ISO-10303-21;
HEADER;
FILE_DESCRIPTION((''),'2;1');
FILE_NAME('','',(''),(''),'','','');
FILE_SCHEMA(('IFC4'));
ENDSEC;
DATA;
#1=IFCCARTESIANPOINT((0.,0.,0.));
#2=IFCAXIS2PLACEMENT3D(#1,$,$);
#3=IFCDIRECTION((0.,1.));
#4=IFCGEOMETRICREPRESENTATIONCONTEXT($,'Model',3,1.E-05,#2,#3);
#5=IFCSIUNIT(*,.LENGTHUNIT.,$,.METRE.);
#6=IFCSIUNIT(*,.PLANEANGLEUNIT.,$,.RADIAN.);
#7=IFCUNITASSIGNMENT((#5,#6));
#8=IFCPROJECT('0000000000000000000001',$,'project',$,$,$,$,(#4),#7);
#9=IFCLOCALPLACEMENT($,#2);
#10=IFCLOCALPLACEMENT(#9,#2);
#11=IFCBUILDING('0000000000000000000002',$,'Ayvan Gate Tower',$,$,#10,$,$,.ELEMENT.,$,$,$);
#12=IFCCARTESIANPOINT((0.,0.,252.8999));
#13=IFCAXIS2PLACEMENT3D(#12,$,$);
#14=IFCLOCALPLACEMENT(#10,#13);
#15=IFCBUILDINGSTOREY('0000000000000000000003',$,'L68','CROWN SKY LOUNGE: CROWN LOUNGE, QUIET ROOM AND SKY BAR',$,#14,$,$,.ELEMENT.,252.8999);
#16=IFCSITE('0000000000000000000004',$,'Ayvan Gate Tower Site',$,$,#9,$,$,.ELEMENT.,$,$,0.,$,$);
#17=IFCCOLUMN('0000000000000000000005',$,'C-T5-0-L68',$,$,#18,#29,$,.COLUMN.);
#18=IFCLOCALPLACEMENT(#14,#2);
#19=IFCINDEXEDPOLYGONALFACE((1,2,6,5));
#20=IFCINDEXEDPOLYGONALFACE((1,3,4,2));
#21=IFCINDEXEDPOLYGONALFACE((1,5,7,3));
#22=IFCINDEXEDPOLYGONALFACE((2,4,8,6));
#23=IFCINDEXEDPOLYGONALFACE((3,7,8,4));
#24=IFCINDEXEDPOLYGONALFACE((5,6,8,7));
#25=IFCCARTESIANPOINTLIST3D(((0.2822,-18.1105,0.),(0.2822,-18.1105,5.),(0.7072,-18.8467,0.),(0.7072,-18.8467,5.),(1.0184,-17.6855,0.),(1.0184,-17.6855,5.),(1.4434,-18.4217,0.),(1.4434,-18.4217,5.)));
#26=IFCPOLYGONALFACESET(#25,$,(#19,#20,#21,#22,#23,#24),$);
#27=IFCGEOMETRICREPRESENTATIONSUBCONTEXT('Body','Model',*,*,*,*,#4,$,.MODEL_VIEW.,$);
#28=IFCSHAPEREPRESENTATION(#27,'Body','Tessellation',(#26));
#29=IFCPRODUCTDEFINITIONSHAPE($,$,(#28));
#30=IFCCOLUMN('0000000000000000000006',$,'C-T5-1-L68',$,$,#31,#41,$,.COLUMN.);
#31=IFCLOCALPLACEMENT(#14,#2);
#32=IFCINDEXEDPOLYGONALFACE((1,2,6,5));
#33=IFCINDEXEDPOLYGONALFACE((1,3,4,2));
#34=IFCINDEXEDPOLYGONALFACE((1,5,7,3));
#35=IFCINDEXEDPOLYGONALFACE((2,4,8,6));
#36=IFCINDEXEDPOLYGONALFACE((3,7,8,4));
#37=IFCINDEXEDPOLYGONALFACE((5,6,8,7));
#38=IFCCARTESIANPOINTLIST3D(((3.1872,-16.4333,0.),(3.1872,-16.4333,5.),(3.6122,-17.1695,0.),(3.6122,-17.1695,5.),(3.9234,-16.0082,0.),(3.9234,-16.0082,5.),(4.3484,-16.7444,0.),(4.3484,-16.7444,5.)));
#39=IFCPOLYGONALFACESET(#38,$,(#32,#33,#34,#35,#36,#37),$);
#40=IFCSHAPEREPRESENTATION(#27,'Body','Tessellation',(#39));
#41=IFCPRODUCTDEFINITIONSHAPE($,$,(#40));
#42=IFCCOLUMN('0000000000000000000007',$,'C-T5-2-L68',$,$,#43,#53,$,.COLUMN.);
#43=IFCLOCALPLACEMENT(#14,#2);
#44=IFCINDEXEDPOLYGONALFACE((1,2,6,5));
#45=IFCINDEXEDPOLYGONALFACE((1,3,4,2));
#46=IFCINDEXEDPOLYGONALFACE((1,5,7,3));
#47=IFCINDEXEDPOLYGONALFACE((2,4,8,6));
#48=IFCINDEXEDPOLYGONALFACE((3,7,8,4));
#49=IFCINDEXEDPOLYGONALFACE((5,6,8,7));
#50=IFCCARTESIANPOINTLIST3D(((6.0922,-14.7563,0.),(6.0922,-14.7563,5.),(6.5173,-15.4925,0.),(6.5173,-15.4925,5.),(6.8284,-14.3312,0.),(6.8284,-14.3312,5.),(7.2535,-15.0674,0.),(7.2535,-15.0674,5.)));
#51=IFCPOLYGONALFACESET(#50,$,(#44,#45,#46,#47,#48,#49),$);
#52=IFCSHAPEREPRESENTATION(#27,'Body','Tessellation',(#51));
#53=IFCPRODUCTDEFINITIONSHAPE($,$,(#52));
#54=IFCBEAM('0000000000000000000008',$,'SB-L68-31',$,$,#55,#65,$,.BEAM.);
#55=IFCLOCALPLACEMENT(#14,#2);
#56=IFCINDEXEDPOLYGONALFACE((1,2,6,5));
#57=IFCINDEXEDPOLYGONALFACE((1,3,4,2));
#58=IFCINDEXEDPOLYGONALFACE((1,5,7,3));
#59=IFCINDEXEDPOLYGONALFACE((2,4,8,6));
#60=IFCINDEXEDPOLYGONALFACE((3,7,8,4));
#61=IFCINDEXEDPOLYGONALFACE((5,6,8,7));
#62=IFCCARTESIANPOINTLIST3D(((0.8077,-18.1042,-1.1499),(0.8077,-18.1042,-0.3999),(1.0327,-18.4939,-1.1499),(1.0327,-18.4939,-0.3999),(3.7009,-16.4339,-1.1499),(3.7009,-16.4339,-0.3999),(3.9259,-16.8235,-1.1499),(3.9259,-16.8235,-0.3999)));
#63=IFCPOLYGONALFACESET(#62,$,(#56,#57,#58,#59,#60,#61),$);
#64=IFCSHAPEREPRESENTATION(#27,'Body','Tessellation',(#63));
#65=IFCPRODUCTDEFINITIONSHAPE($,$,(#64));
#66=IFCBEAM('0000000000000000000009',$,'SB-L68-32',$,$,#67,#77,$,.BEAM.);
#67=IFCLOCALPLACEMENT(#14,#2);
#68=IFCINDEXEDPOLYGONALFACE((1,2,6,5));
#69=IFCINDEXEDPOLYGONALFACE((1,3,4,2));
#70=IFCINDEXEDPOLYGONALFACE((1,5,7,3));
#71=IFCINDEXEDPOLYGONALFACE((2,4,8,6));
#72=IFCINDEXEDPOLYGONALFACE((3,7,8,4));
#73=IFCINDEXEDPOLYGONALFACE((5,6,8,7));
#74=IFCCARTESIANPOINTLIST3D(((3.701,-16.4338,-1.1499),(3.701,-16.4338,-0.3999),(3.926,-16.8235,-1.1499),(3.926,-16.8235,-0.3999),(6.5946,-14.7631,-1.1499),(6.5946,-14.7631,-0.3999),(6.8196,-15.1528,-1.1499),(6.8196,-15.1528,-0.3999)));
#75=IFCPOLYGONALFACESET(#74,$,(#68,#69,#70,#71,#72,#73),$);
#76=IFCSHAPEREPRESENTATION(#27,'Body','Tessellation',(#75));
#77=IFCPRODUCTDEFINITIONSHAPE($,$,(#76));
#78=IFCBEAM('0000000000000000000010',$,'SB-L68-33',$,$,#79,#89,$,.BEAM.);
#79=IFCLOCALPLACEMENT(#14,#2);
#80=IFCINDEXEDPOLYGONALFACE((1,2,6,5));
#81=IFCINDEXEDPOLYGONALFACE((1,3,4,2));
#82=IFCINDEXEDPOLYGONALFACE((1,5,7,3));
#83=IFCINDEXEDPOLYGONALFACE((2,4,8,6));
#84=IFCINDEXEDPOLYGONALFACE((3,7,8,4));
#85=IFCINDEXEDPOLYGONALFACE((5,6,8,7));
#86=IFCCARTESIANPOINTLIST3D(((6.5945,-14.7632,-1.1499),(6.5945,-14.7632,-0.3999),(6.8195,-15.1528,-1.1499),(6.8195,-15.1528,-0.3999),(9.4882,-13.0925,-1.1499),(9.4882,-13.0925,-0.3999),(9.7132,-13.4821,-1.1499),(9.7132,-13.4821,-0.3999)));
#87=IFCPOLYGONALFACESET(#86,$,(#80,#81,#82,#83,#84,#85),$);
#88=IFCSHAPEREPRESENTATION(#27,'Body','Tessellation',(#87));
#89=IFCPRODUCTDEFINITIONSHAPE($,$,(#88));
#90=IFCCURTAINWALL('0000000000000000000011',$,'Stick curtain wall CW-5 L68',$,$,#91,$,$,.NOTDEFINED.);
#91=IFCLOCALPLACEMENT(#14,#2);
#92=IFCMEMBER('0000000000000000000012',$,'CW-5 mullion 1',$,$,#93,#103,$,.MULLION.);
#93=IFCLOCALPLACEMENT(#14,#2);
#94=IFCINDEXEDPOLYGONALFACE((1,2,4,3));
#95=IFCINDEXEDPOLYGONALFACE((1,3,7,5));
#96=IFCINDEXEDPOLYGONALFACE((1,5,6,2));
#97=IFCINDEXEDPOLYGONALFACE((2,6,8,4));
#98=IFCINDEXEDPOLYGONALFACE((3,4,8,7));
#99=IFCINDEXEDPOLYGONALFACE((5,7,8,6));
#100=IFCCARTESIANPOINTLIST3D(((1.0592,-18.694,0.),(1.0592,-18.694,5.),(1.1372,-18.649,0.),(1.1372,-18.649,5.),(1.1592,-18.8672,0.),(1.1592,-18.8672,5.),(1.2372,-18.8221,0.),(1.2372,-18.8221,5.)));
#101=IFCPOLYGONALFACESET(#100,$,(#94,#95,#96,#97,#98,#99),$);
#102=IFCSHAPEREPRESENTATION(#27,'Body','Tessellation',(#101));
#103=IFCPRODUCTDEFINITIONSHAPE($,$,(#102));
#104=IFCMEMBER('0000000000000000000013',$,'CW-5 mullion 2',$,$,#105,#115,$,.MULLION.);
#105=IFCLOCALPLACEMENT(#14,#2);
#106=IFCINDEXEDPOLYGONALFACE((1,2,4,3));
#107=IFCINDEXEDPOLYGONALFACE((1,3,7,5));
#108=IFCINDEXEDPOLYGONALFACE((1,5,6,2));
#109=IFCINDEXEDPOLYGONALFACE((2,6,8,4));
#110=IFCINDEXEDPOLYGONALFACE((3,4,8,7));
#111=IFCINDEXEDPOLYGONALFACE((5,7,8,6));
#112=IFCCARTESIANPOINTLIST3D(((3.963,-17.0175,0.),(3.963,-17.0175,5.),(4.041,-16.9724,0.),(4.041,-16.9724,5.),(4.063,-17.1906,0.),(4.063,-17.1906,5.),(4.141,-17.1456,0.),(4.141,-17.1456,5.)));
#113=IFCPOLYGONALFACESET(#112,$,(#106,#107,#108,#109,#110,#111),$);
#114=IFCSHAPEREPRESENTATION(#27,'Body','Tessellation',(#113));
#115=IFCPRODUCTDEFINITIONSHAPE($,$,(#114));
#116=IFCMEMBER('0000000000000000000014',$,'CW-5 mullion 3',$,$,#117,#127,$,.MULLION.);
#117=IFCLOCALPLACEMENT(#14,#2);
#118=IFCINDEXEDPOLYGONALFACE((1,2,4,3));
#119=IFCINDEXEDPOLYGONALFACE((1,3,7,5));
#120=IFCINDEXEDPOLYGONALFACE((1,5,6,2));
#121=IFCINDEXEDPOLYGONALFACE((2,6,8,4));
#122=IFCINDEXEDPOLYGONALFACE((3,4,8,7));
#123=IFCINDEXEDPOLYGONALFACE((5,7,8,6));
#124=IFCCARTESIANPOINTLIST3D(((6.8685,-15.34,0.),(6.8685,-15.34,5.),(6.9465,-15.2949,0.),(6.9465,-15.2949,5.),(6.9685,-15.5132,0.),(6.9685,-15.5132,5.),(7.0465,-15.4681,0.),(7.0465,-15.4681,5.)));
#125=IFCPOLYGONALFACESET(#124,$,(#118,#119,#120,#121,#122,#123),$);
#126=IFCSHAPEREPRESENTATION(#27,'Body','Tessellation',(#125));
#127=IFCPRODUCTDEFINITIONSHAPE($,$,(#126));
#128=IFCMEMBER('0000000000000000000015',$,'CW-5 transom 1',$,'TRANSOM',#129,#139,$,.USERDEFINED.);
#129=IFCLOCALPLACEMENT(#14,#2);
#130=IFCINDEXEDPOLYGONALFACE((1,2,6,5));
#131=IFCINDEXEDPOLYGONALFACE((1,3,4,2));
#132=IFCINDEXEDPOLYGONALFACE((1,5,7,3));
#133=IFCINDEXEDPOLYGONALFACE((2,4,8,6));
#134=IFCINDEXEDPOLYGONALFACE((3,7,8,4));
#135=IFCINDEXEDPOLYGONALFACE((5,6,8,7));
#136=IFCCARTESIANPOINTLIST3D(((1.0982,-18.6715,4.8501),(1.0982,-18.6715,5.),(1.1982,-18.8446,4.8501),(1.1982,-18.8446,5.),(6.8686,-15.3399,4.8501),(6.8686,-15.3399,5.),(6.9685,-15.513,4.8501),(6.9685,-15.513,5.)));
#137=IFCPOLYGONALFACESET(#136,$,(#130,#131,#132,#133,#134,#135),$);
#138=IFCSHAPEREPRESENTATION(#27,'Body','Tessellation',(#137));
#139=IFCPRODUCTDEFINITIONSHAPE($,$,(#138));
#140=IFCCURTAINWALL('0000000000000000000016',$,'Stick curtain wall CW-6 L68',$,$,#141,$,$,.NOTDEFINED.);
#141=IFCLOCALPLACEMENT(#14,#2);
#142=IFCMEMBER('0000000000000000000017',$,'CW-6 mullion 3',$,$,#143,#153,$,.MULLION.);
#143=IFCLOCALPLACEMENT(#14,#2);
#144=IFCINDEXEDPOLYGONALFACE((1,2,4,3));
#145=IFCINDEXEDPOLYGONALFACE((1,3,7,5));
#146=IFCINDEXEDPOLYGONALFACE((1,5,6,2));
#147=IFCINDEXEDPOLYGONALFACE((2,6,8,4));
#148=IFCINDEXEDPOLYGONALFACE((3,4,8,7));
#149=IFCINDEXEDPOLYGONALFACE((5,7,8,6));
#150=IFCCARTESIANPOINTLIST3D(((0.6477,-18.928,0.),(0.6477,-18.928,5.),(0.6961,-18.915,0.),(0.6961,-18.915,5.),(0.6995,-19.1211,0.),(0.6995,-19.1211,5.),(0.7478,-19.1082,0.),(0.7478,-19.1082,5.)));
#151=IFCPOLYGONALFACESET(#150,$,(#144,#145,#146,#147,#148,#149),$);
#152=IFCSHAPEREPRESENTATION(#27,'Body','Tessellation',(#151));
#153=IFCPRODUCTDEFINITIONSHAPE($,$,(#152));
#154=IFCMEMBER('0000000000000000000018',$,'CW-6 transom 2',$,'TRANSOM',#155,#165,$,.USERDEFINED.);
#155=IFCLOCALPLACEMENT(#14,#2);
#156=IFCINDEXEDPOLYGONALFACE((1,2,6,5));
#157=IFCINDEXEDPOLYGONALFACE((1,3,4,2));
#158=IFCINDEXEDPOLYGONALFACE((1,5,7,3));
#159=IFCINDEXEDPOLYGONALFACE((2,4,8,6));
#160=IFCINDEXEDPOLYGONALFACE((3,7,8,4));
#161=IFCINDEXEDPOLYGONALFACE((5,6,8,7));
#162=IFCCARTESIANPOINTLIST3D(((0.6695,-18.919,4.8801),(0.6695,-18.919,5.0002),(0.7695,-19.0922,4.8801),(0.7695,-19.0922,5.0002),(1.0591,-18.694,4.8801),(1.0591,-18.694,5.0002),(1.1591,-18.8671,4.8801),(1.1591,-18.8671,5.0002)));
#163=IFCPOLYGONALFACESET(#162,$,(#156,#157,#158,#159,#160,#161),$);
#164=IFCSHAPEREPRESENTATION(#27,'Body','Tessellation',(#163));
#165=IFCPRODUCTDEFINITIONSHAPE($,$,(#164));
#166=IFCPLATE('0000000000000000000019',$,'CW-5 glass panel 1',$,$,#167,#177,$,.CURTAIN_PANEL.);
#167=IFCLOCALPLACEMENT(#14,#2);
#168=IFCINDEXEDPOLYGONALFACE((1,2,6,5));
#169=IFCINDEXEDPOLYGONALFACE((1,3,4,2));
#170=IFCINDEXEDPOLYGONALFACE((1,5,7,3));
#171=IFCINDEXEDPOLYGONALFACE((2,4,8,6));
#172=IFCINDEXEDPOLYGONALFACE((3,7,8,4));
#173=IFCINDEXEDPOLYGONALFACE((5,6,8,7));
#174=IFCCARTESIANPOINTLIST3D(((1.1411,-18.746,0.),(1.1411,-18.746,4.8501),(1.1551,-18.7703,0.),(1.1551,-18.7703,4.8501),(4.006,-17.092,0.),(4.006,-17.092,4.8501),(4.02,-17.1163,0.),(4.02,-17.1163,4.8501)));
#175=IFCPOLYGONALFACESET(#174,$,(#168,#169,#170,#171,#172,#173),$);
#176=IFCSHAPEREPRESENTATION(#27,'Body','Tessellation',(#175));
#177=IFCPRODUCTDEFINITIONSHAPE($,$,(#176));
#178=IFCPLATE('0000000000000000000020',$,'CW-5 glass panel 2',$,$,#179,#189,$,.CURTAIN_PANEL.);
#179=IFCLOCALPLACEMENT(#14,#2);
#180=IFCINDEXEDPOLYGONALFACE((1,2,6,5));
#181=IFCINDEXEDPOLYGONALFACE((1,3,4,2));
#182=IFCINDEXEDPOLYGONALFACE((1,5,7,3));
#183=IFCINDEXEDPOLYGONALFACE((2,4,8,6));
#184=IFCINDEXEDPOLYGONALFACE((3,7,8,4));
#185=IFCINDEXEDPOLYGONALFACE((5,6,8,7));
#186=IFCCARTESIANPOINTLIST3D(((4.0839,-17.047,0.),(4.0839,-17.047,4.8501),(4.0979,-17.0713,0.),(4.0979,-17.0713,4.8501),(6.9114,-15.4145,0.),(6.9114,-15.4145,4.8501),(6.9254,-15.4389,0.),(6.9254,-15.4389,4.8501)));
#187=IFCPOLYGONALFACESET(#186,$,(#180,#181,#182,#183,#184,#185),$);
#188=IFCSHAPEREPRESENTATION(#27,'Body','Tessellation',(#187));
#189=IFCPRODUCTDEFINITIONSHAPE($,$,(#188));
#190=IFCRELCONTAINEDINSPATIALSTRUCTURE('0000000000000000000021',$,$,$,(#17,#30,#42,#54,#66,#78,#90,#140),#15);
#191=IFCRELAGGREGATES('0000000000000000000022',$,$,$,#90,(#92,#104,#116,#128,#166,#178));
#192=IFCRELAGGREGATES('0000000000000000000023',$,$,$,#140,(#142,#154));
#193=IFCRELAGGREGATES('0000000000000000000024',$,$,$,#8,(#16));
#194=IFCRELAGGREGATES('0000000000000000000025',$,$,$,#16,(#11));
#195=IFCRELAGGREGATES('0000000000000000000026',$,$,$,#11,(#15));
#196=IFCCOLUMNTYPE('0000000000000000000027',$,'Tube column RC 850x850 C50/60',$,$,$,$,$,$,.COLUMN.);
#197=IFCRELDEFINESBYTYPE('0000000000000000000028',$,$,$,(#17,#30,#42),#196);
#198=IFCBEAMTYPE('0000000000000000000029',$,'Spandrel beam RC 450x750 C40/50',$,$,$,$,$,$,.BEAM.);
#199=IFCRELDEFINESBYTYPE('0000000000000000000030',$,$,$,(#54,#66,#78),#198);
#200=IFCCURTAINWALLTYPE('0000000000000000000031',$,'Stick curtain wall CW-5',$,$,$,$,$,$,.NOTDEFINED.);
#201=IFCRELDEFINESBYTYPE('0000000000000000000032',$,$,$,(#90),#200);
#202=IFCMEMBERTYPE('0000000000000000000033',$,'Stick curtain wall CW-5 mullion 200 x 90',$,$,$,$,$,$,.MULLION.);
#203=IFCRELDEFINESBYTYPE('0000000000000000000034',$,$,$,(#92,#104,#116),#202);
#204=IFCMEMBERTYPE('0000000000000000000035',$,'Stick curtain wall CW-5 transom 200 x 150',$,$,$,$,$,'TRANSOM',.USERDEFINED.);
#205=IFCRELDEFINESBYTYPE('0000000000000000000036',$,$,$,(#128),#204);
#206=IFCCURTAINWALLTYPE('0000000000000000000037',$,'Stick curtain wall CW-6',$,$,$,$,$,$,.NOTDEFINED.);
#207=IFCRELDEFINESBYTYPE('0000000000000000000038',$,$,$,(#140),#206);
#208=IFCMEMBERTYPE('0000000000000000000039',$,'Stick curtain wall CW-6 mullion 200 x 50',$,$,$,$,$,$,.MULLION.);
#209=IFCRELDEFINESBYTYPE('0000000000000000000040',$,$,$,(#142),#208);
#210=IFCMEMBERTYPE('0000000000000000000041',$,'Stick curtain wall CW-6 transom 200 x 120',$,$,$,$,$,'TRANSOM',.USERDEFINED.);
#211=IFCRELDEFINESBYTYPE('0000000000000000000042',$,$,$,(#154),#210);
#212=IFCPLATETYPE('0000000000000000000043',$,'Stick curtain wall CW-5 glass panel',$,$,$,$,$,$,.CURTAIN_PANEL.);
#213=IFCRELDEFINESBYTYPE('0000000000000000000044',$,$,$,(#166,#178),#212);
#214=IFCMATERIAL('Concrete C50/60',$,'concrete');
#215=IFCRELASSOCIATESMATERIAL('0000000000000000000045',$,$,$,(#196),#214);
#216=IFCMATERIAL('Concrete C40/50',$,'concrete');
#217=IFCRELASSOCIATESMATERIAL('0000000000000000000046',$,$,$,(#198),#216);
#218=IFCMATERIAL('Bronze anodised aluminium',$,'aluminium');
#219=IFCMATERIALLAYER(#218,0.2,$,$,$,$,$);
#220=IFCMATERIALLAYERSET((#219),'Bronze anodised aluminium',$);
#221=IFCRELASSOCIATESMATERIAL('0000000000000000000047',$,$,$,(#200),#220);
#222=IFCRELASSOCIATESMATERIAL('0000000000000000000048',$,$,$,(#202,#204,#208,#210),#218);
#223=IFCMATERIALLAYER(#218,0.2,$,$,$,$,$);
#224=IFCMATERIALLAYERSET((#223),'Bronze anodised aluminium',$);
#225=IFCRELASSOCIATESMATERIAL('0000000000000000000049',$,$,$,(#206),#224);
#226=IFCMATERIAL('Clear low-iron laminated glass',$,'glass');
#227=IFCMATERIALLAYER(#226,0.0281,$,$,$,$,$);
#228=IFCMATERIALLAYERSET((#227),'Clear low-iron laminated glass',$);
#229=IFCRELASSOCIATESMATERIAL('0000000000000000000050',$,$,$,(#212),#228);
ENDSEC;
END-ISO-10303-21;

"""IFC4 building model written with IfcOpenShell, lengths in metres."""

from ifc_helpers import new_model, si_unit, direction, frame, origin, origin_2d, place, context, subcontext, project, spatial, rectangle, extrude, material, layer, layer_set, material_profile, profile_set, type_object, element, aggregate, save


model = new_model("IFC4")

# Units and contexts
model_context = context("Model", 3, precision=1e-05, world=origin(), true_north=direction((0.0, 1.0)))
body_context = subcontext(model_context, "Body", "Model", "MODEL_VIEW")
ifc_project = project(units=[si_unit("LENGTHUNIT", "METRE"), si_unit("PLANEANGLEUNIT", "RADIAN")], contexts=[model_context])

# Site, building, storey
site_placement = place(None, origin())
site = spatial("IfcSite", under=ifc_project, at=site_placement, Name="Ayvan Gate Tower Site", CompositionType="ELEMENT", RefElevation=0.0)
building_placement = place(site_placement, origin())
building = spatial("IfcBuilding", under=site, at=building_placement, Name="Ayvan Gate Tower", CompositionType="ELEMENT")
storey_placement = place(building_placement, frame((0.0, 0.0, 252.8999)))
storey = spatial("IfcBuildingStorey", under=building, at=storey_placement, Name="L68", Description="CROWN SKY LOUNGE: CROWN LOUNGE, QUIET ROOM AND SKY BAR", CompositionType="ELEMENT", Elevation=252.8999)

# Columns
ifc_material_1 = material(Name="Concrete C50/60", Category="concrete")
ifc_material_profile_1 = material_profile(ifc_material_1, rectangle(XDim=0.8501, YDim=0.8501, at=origin_2d()), Name="RC 850x850")
ifc_profile_set_1 = profile_set([ifc_material_profile_1], Name="Concrete C50/60")
column_type = type_object("IfcColumnType", Name="Tube column RC 850x850 C50/60", PredefinedType="COLUMN", material=ifc_profile_set_1)
for number, where, z_axis, x_axis, name in (
    (1, (0.8628, -18.2661, 0.0), (0.0, 0.0, 1.0), (0.5, -0.866025, 0.0), "C-T5-0-L68"),
    (2, (3.7678, -16.5889, 0.0), (0.0, 0.0, 1.0), (0.5, -0.866025, 0.0), "C-T5-1-L68"),
    (3, (6.6729, -14.9119, 0.0), (0.0, 0.0, 1.0), (0.5, -0.866025, 0.0), "C-T5-2-L68"),
):
    element("IfcColumn", number, at=place(storey_placement, frame(where, z_axis=z_axis, x_axis=x_axis)), inside=storey, type_object=column_type, Name=name, PredefinedType="COLUMN", context=body_context, shape_type="SweptSolid", body=[
        extrude(rectangle(XDim=0.8501, YDim=0.8501, at=origin_2d()), origin(), (0.0, 0.0, 1.0), 5.0),
    ])

# Beams
ifc_material_2 = material(Name="Concrete C40/50", Category="concrete")
ifc_material_profile_2 = material_profile(ifc_material_2, rectangle(XDim=0.45, YDim=0.75, at=origin_2d()), Name="RC 450x750")
ifc_profile_set_2 = profile_set([ifc_material_profile_2], Name="Concrete C40/50")
beam_type = type_object("IfcBeamType", Name="Spandrel beam RC 450x750 C40/50", PredefinedType="BEAM", material=ifc_profile_set_2)
beam_placement = place(storey_placement, frame((0.9202, -18.2991, -0.7749), z_axis=(0.866031, 0.49999, 0.0), x_axis=(-0.49999, 0.866031, 0.0)))
element("IfcBeam", 4, at=beam_placement, inside=storey, type_object=beam_type, Name="SB-L68-31", PredefinedType="BEAM", context=body_context, shape_type="SweptSolid", body=[
    extrude(rectangle(XDim=0.45, YDim=0.75, at=origin_2d()), origin(), (0.0, 0.0, 1.0), 3.3408),
])
for number, where, z_axis, x_axis, name in (
    (5, (3.8135, -16.6287, -0.7749), (0.866018, 0.500013, 0.0), (-0.500013, 0.866018, 0.0), "SB-L68-32"),
    (6, (6.707, -14.958, -0.7749), (0.866018, 0.500013, 0.0), (-0.500013, 0.866018, 0.0), "SB-L68-33"),
):
    element("IfcBeam", number, at=place(storey_placement, frame(where, z_axis=z_axis, x_axis=x_axis)), inside=storey, type_object=beam_type, Name=name, PredefinedType="BEAM", context=body_context, shape_type="SweptSolid", body=[
        extrude(rectangle(XDim=0.45, YDim=0.75, at=origin_2d()), origin(), (0.0, 0.0, 1.0), 3.3413),
    ])

# Curtain walls, members
ifc_material_3 = material(Name="Bronze anodised aluminium", Category="aluminium")
ifc_layer_1 = layer(ifc_material_3, 0.2)
ifc_layer_set_1 = layer_set([ifc_layer_1], Name="Bronze anodised aluminium")
curtain_wall_type_1 = type_object("IfcCurtainWallType", Name="Stick curtain wall CW-5", PredefinedType="NOTDEFINED", material=ifc_layer_set_1)
curtain_wall_1_placement = place(storey_placement, origin())
curtain_wall_1 = element("IfcCurtainWall", 7, at=curtain_wall_1_placement, inside=storey, type_object=curtain_wall_type_1, Name="Stick curtain wall CW-5 L68", PredefinedType="NOTDEFINED")
ifc_material_profile_3 = material_profile(ifc_material_3, rectangle(XDim=0.2, YDim=0.0901, at=origin_2d()), Name="Stick curtain wall CW-5 mullion 200 x 90")
ifc_profile_set_3 = profile_set([ifc_material_profile_3], Name="Bronze anodised aluminium")
member_type_1 = type_object("IfcMemberType", Name="Stick curtain wall CW-5 mullion 200 x 90", PredefinedType="MULLION", material=ifc_profile_set_3)
member_1_placement = place(storey_placement, frame((1.1482, -18.7581, 0.0), z_axis=(0.0, 0.0, 1.0), x_axis=(0.5, -0.866025, 0.0)))
member_1 = element("IfcMember", 8, at=member_1_placement, type_object=member_type_1, Name="CW-5 mullion 1", PredefinedType="MULLION", context=body_context, shape_type="SweptSolid", body=[
    extrude(rectangle(XDim=0.2, YDim=0.0901, at=origin_2d()), origin(), (0.0, 0.0, 1.0), 5.0),
])
member_2_placement = place(storey_placement, frame((4.052, -17.0815, 0.0), z_axis=(0.0, 0.0, 1.0), x_axis=(0.5, -0.866025, 0.0)))
member_2 = element("IfcMember", 9, at=member_2_placement, type_object=member_type_1, Name="CW-5 mullion 2", PredefinedType="MULLION", context=body_context, shape_type="SweptSolid", body=[
    extrude(rectangle(XDim=0.2, YDim=0.0901, at=origin_2d()), origin(), (0.0, 0.0, 1.0), 5.0),
])
member_3_placement = place(storey_placement, frame((6.9575, -15.4041, 0.0), z_axis=(0.0, 0.0, 1.0), x_axis=(0.5, -0.866025, 0.0)))
member_3 = element("IfcMember", 10, at=member_3_placement, type_object=member_type_1, Name="CW-5 mullion 3", PredefinedType="MULLION", context=body_context, shape_type="SweptSolid", body=[
    extrude(rectangle(XDim=0.2, YDim=0.0901, at=origin_2d()), origin(), (0.0, 0.0, 1.0), 5.0),
])
ifc_material_profile_4 = material_profile(ifc_material_3, rectangle(XDim=0.2, YDim=0.1499, at=origin_2d()), Name="Stick curtain wall CW-5 transom 200 x 150")
ifc_profile_set_4 = profile_set([ifc_material_profile_4], Name="Bronze anodised aluminium")
member_type_2 = type_object("IfcMemberType", Name="Stick curtain wall CW-5 transom 200 x 150", ElementType="TRANSOM", PredefinedType="USERDEFINED", material=ifc_profile_set_4)
member_4_placement = place(storey_placement, frame((1.1482, -18.7581, 4.925), z_axis=(0.86602, 0.500009, 0.0), x_axis=(-0.500009, 0.86602, 0.0)))
member_4 = element("IfcMember", 11, at=member_4_placement, type_object=member_type_2, Name="CW-5 transom 1", ObjectType="TRANSOM", PredefinedType="USERDEFINED", context=body_context, shape_type="SweptSolid", body=[
    extrude(rectangle(XDim=0.2, YDim=0.1499, at=origin_2d()), origin(), (0.0, 0.0, 1.0), 6.6631),
])
ifc_layer_2 = layer(ifc_material_3, 0.2)
ifc_layer_set_2 = layer_set([ifc_layer_2], Name="Bronze anodised aluminium")
curtain_wall_type_2 = type_object("IfcCurtainWallType", Name="Stick curtain wall CW-6", PredefinedType="NOTDEFINED", material=ifc_layer_set_2)
curtain_wall_2_placement = place(storey_placement, origin())
curtain_wall_2 = element("IfcCurtainWall", 12, at=curtain_wall_2_placement, inside=storey, type_object=curtain_wall_type_2, Name="Stick curtain wall CW-6 L68", PredefinedType="NOTDEFINED")
ifc_material_profile_5 = material_profile(ifc_material_3, rectangle(XDim=0.2, YDim=0.05, at=origin_2d()), Name="Stick curtain wall CW-6 mullion 200 x 50")
ifc_profile_set_5 = profile_set([ifc_material_profile_5], Name="Bronze anodised aluminium")
member_type_3 = type_object("IfcMemberType", Name="Stick curtain wall CW-6 mullion 200 x 50", PredefinedType="MULLION", material=ifc_profile_set_5)
member_5_placement = place(storey_placement, frame((0.6978, -19.0181, 0.0), z_axis=(0.0, 0.0, 1.0), x_axis=(0.258819, -0.965926, 0.0)))
member_5 = element("IfcMember", 13, at=member_5_placement, type_object=member_type_3, Name="CW-6 mullion 3", PredefinedType="MULLION", context=body_context, shape_type="SweptSolid", body=[
    extrude(rectangle(XDim=0.2, YDim=0.05, at=origin_2d()), origin(), (0.0, 0.0, 1.0), 5.0),
])
ifc_material_profile_6 = material_profile(ifc_material_3, rectangle(XDim=0.2, YDim=0.1201, at=origin_2d()), Name="Stick curtain wall CW-6 transom 200 x 120")
ifc_profile_set_6 = profile_set([ifc_material_profile_6], Name="Bronze anodised aluminium")
member_type_4 = type_object("IfcMemberType", Name="Stick curtain wall CW-6 transom 200 x 120", ElementType="TRANSOM", PredefinedType="USERDEFINED", material=ifc_profile_set_6)
member_6_placement = place(storey_placement, frame((0.7195, -19.0056, 4.9402), z_axis=(0.865896, 0.500223, 0.0), x_axis=(-0.500223, 0.865896, 0.0)))
member_6 = element("IfcMember", 14, at=member_6_placement, type_object=member_type_4, Name="CW-6 transom 2", ObjectType="TRANSOM", PredefinedType="USERDEFINED", context=body_context, shape_type="SweptSolid", body=[
    extrude(rectangle(XDim=0.2, YDim=0.1201, at=origin_2d()), origin(), (0.0, 0.0, 1.0), 0.45),
])

# Plates
ifc_material_4 = material(Name="Clear low-iron laminated glass", Category="glass")
ifc_layer_3 = layer(ifc_material_4, 0.0281)
ifc_layer_set_3 = layer_set([ifc_layer_3], Name="Clear low-iron laminated glass")
plate_type_1 = type_object("IfcPlateType", Name="Stick curtain wall CW-5 glass panel", PredefinedType="CURTAIN_PANEL", material=ifc_layer_set_3)
plate_1_placement = place(storey_placement, frame((2.5806, -17.9312, 0.0), z_axis=(0.0, 0.0, 1.0), x_axis=(0.866025, 0.5, 0.0)))
plate_1 = element("IfcPlate", 15, at=plate_1_placement, type_object=plate_type_1, Name="CW-5 glass panel 1", PredefinedType="CURTAIN_PANEL", context=body_context, shape_type="SweptSolid", body=[
    extrude(rectangle(XDim=3.3081, YDim=0.0281, at=origin_2d()), origin(), (0.0, 0.0, 1.0), 4.8501),
])
plate_2_placement = place(storey_placement, frame((5.5046, -16.2429, 0.0), z_axis=(0.0, 0.0, 1.0), x_axis=(0.866025, 0.5, 0.0)))
plate_2 = element("IfcPlate", 16, at=plate_2_placement, type_object=plate_type_1, Name="CW-5 glass panel 2", PredefinedType="CURTAIN_PANEL", context=body_context, shape_type="SweptSolid", body=[
    extrude(rectangle(XDim=3.2649, YDim=0.0281, at=origin_2d()), origin(), (0.0, 0.0, 1.0), 4.8501),
])
aggregate(curtain_wall_1, [member_1, member_2, member_3, member_4, plate_1, plate_2])
aggregate(curtain_wall_2, [member_5, member_6])

save(model, "model.ifc")
